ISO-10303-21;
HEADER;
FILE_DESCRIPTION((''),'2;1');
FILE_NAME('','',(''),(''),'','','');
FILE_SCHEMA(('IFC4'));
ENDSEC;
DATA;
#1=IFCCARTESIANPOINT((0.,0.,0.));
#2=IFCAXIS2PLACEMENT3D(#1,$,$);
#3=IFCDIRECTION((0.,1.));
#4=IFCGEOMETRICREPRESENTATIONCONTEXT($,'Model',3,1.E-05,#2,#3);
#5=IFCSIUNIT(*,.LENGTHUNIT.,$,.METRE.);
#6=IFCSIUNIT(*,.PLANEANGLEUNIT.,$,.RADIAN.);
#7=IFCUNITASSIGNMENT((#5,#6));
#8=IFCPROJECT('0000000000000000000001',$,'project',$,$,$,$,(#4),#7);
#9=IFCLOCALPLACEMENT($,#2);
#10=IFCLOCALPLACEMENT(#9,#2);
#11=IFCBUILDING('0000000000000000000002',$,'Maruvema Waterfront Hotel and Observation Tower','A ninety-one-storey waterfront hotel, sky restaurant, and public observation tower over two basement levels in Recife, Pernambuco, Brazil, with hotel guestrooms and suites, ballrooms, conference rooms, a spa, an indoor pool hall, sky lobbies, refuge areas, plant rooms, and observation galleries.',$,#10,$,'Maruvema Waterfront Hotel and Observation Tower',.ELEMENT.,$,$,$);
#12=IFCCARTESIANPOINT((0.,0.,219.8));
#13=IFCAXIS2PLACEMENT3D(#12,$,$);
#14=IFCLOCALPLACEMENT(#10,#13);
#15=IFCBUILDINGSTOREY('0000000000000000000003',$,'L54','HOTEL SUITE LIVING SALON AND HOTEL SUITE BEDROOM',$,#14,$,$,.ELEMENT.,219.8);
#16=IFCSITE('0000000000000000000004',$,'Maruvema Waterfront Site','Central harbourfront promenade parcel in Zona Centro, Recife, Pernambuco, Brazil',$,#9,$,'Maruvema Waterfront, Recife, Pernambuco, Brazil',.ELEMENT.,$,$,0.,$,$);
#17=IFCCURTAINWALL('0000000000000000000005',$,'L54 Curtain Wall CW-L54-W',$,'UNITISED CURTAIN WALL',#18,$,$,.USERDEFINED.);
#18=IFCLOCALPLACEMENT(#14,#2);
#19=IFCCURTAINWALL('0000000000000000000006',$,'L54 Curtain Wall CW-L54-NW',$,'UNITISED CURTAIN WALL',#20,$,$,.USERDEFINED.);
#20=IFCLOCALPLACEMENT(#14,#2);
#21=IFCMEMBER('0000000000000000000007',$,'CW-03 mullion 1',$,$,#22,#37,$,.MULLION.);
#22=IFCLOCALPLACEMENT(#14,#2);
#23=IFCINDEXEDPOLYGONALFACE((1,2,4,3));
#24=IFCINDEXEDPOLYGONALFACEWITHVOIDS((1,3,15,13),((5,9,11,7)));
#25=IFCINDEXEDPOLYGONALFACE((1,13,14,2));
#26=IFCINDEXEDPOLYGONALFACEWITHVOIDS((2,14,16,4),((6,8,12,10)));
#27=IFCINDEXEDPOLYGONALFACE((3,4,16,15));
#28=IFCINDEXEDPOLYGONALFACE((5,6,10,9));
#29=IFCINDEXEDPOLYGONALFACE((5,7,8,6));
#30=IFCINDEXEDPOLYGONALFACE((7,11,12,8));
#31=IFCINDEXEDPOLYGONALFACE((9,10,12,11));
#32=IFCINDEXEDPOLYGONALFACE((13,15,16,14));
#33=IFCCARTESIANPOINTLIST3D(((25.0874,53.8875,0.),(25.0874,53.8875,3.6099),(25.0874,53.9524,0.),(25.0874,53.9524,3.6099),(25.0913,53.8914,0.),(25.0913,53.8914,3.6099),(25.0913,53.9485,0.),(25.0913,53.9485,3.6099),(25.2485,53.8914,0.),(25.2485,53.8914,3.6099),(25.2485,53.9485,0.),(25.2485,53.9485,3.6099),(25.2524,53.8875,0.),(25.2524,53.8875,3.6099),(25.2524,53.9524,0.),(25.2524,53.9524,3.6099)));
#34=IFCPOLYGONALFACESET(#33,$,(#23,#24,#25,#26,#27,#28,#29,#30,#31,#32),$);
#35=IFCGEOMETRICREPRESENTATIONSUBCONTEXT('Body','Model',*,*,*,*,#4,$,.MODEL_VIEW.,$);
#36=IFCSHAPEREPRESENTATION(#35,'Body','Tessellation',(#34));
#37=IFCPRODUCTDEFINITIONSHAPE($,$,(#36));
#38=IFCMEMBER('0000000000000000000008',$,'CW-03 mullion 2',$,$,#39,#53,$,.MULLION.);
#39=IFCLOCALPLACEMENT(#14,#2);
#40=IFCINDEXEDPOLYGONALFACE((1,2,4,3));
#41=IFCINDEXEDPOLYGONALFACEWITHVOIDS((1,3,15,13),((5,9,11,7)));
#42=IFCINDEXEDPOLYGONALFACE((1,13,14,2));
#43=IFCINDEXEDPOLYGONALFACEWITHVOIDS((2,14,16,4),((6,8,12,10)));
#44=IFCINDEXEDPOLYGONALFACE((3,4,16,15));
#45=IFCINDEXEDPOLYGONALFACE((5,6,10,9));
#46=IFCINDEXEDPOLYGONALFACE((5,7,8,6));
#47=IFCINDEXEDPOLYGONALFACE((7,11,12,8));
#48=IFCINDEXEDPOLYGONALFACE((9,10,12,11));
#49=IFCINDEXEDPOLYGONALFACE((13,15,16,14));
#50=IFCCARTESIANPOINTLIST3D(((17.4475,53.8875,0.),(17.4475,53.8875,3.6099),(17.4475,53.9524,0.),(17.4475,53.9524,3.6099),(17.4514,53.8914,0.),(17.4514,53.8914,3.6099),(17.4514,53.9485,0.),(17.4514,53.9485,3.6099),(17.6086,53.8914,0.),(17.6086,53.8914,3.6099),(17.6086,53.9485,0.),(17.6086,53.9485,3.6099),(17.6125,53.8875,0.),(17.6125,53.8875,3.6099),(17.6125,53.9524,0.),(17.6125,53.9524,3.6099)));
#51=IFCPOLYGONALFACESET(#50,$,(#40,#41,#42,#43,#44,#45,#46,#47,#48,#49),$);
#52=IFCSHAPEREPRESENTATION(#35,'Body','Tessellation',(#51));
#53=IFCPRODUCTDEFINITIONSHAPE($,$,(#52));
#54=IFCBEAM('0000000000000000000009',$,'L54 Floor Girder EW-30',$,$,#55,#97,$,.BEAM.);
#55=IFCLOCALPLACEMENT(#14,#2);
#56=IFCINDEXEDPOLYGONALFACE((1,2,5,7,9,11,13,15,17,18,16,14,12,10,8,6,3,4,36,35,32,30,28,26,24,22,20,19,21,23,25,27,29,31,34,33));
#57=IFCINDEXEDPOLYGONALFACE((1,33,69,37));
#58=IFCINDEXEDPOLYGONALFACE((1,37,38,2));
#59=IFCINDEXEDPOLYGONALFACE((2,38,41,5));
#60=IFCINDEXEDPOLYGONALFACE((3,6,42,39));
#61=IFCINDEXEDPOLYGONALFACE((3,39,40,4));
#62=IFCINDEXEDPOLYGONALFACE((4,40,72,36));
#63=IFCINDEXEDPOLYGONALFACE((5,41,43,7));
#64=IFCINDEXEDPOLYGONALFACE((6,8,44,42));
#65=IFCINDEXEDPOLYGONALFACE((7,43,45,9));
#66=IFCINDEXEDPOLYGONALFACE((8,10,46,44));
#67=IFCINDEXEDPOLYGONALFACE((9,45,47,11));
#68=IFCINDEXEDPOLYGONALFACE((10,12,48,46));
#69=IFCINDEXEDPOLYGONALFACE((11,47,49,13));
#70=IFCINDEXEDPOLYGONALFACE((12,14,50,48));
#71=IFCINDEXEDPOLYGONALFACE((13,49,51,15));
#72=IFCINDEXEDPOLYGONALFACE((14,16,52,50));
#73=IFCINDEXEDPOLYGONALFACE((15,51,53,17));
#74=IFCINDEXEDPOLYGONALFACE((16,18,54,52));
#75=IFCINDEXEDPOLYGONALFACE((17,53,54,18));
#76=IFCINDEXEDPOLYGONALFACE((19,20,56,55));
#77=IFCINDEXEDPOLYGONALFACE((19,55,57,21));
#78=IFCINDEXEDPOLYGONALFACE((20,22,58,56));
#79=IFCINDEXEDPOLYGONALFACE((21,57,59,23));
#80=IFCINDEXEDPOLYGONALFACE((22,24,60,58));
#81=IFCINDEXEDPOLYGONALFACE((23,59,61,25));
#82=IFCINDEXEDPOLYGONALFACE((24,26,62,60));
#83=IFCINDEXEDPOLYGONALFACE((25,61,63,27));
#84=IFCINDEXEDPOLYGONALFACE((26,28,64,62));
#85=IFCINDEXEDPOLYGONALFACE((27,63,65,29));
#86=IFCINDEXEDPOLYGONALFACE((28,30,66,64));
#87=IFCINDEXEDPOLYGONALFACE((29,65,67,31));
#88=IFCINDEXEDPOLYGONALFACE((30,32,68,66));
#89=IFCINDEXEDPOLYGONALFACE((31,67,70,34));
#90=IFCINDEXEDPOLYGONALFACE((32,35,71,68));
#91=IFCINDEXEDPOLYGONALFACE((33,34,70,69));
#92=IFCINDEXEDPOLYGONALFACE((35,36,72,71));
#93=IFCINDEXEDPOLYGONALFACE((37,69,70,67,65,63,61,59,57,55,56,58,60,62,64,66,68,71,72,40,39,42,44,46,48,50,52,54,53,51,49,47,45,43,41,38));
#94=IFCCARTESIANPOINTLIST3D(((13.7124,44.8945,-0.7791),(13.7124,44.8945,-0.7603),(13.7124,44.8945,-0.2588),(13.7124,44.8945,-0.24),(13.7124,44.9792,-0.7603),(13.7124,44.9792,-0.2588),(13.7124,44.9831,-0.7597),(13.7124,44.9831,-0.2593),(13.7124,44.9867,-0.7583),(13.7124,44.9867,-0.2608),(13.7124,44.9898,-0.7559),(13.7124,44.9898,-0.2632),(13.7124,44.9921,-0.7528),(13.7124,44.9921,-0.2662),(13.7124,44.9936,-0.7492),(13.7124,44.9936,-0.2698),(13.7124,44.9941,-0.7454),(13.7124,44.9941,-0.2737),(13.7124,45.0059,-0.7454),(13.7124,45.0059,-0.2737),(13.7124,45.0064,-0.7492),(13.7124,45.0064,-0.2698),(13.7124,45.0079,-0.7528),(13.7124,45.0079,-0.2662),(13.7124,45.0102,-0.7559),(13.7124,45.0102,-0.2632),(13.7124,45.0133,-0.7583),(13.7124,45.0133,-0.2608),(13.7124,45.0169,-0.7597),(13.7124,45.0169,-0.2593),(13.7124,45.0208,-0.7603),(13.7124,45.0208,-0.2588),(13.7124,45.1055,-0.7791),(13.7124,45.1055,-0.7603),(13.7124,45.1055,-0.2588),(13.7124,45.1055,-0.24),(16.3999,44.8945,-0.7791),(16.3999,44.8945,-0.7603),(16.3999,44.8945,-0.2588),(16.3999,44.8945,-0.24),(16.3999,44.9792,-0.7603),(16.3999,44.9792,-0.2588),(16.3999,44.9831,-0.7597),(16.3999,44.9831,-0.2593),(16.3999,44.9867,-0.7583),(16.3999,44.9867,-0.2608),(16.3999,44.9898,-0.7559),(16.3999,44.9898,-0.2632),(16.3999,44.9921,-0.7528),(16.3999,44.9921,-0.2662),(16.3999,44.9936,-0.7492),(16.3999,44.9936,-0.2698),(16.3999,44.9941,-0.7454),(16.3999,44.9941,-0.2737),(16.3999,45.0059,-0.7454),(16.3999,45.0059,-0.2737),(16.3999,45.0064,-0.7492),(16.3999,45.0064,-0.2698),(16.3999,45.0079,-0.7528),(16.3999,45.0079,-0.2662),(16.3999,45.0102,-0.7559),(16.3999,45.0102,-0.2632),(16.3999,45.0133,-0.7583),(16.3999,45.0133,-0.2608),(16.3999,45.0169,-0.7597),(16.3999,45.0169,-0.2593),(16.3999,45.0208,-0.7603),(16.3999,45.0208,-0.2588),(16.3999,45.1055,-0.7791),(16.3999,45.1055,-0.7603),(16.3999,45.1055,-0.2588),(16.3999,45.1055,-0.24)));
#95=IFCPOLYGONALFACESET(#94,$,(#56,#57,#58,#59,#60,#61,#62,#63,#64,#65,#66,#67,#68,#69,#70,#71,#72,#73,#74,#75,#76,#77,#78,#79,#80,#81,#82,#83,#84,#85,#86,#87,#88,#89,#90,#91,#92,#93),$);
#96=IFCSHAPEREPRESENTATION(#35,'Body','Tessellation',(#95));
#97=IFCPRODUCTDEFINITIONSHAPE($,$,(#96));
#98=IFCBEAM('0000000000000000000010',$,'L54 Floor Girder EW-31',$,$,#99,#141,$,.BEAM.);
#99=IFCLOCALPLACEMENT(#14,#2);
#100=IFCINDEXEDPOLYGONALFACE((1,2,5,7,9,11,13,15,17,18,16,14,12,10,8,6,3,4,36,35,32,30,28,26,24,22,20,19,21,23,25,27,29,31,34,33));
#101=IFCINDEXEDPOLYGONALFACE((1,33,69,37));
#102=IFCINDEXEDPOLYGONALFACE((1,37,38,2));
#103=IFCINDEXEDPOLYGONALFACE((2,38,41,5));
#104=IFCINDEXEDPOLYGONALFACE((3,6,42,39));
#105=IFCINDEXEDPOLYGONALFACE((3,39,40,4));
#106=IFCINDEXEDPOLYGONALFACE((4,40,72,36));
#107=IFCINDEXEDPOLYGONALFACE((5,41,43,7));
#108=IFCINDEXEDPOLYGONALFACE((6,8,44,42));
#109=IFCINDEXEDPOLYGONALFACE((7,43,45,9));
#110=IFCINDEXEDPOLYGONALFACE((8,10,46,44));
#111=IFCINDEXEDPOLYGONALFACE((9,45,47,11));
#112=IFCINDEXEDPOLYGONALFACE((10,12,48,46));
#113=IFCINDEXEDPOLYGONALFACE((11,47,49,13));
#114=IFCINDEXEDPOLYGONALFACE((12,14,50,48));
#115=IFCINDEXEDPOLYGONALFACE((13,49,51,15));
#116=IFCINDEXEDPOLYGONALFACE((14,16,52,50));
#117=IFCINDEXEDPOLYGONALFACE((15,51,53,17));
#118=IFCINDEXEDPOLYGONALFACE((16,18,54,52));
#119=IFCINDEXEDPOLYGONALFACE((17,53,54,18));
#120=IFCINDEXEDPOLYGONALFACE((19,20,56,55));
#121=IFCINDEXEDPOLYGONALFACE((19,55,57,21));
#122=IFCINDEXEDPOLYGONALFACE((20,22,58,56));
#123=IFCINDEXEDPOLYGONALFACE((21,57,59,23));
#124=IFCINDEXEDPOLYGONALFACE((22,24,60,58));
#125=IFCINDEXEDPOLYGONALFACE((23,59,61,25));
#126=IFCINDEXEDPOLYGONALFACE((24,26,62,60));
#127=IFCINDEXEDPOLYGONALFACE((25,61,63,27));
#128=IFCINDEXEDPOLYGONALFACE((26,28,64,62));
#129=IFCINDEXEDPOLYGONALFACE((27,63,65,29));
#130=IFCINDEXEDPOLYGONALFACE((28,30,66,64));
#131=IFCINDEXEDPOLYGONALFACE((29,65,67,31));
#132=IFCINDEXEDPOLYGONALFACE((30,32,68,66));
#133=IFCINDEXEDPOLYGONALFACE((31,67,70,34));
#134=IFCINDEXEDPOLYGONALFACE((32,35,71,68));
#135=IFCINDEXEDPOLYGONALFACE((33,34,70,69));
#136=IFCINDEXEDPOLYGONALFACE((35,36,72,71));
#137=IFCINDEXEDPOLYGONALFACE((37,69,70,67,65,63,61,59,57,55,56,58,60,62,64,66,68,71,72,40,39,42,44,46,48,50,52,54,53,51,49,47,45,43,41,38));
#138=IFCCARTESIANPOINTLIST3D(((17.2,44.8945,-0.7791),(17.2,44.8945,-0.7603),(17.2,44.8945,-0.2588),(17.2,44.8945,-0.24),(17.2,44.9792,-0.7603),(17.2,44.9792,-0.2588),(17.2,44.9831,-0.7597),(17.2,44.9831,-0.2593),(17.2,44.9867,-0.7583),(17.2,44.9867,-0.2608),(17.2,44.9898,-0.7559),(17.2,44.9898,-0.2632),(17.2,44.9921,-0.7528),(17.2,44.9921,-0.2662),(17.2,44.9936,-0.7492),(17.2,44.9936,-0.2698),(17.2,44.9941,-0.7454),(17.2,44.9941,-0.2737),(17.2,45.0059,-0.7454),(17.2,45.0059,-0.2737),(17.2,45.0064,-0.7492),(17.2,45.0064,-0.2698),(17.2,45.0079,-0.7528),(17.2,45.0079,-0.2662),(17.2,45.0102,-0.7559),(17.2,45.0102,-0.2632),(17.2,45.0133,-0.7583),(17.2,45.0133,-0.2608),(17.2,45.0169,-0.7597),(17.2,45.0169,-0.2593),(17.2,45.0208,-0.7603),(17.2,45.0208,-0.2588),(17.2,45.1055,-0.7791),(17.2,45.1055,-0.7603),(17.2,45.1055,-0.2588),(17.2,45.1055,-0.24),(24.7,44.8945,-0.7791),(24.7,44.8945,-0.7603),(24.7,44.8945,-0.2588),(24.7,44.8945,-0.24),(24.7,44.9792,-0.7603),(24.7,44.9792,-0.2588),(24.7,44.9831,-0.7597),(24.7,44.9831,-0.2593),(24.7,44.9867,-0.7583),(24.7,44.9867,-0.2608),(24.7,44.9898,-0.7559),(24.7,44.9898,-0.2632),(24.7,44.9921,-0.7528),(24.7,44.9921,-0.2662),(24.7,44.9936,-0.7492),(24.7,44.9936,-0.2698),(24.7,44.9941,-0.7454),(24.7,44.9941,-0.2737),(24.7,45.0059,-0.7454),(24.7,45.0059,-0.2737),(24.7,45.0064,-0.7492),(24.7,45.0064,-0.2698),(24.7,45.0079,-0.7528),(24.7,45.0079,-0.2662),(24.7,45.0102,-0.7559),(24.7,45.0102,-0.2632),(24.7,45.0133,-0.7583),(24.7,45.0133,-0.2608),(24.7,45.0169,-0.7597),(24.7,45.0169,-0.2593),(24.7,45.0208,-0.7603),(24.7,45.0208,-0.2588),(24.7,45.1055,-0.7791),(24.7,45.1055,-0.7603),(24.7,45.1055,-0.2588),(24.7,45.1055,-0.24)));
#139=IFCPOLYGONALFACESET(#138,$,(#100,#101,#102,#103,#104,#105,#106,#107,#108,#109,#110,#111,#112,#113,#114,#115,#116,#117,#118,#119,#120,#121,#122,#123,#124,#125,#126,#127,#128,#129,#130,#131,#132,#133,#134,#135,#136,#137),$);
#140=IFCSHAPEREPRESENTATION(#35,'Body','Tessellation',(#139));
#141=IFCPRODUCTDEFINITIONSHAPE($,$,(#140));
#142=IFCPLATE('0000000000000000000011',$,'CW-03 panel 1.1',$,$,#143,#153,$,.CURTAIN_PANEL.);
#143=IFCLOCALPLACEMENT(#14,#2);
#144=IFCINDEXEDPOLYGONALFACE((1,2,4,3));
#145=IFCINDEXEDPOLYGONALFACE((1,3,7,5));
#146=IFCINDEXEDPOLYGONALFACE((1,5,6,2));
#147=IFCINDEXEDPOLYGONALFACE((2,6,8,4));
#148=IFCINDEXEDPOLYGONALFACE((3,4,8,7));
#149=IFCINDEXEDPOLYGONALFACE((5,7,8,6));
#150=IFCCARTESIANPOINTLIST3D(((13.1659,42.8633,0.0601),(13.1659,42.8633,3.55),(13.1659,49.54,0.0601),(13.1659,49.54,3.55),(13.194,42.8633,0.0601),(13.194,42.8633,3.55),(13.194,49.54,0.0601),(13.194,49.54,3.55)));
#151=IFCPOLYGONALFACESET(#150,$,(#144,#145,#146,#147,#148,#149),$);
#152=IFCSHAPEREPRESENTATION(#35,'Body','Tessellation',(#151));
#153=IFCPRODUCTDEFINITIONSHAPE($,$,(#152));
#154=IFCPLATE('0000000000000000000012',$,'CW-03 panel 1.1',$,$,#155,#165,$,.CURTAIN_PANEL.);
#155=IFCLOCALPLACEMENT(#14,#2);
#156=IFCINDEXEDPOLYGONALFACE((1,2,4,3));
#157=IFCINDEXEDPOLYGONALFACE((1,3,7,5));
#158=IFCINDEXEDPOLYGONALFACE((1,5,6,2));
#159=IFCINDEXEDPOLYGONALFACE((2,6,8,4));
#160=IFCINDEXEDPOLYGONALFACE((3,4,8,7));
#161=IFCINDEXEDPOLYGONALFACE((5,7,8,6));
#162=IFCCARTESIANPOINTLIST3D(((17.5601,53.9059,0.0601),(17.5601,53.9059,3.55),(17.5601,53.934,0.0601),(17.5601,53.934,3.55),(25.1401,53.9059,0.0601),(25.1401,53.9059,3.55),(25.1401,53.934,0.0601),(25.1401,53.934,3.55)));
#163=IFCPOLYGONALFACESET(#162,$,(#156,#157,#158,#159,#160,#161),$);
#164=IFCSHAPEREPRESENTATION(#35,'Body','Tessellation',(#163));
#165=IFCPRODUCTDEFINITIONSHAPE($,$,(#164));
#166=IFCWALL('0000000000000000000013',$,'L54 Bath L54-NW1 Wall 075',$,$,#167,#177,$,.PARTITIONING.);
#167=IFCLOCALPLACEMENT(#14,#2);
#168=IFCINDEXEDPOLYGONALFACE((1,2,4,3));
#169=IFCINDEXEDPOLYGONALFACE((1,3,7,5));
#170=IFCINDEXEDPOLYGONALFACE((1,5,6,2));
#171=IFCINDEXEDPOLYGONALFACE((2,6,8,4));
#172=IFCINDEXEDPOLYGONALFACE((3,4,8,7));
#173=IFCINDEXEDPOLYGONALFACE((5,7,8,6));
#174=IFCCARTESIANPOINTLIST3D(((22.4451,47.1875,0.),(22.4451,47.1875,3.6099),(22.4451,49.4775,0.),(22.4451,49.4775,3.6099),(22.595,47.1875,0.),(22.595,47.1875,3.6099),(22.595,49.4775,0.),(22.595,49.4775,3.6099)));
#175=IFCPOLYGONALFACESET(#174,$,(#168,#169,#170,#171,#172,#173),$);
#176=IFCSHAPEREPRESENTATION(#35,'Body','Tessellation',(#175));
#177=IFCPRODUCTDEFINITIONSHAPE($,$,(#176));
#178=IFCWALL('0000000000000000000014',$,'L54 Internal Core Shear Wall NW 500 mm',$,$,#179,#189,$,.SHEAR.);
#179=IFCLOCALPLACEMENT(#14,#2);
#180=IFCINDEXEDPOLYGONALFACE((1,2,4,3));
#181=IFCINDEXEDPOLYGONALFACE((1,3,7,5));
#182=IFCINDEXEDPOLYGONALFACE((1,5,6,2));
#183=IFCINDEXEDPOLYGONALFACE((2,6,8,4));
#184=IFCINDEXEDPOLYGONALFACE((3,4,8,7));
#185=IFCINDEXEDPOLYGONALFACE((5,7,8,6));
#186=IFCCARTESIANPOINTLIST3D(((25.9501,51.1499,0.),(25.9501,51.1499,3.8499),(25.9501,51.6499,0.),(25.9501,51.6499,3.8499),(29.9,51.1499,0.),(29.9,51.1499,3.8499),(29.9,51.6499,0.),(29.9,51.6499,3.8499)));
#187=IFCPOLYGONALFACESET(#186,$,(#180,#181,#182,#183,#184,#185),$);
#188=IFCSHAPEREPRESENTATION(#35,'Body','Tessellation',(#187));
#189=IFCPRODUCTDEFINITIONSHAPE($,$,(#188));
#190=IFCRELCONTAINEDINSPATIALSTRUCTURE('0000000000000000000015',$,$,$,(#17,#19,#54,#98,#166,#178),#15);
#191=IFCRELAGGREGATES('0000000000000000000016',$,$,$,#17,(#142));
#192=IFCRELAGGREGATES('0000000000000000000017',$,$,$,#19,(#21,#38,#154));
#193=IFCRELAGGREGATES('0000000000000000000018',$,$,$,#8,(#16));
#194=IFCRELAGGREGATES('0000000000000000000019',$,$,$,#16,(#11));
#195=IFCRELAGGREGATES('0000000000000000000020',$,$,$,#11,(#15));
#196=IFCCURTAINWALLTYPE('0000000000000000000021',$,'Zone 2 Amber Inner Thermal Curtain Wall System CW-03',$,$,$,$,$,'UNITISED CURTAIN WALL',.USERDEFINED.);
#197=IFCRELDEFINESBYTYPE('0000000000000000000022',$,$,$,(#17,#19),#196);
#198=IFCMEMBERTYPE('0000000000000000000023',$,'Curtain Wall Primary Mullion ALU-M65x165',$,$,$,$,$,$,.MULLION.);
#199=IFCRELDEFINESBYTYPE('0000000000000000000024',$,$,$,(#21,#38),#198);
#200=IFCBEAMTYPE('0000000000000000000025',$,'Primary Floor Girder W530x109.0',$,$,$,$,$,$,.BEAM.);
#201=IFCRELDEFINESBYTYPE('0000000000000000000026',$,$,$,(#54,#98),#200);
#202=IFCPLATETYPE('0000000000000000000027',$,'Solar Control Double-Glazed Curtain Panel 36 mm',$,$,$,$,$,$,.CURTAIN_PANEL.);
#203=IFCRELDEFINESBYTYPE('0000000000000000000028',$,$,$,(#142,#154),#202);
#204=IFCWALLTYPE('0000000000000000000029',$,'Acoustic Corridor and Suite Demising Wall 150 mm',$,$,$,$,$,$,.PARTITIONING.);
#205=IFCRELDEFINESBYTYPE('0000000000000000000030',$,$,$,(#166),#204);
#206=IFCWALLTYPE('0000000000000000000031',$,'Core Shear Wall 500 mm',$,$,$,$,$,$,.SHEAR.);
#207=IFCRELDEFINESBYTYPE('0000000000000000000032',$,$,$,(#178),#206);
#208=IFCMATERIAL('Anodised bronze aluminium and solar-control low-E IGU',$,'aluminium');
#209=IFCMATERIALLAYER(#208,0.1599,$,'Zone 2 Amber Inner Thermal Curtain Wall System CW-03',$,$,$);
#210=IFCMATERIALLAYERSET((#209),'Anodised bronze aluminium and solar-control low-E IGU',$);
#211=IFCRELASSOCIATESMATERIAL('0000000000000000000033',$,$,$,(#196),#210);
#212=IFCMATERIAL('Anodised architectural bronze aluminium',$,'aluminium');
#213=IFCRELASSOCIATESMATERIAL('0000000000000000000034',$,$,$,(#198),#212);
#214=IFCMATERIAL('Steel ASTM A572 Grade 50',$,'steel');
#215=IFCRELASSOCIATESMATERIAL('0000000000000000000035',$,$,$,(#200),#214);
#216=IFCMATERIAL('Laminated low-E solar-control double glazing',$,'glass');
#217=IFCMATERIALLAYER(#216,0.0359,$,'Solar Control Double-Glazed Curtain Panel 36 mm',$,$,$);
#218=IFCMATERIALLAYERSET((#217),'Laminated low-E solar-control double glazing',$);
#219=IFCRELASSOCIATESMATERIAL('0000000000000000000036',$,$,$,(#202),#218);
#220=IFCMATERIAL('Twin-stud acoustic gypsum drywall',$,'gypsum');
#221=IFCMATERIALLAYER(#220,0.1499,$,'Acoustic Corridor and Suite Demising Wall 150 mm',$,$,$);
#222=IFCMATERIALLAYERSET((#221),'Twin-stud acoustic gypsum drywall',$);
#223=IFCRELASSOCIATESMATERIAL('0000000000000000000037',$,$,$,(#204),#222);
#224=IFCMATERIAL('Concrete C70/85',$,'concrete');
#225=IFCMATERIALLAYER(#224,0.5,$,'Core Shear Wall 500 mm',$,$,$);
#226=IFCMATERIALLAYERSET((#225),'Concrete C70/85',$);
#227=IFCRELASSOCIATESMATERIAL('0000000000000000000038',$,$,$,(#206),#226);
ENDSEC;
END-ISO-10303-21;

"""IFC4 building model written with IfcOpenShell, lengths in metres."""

from ifc_helpers import new_model, si_unit, direction, frame, frame_2d, origin, origin_2d, place, context, subcontext, project, spatial, rectangle, hollow_rectangle, i_section, extrude, material, layer, layer_set, material_profile, profile_set, type_object, element, aggregate, save


model = new_model("IFC4")

# Units and contexts
model_context = context("Model", 3, precision=1e-05, world=origin(), true_north=direction((0.0, 1.0)))
body_context = subcontext(model_context, "Body", "Model", "MODEL_VIEW")
ifc_project = project(units=[si_unit("LENGTHUNIT", "METRE"), si_unit("PLANEANGLEUNIT", "RADIAN")], contexts=[model_context])

# Site, building, storey
site_placement = place(None, origin())
site = spatial("IfcSite", under=ifc_project, at=site_placement, Name="Maruvema Waterfront Site", Description="Central harbourfront promenade parcel in Zona Centro, Recife, Pernambuco, Brazil", LongName="Maruvema Waterfront, Recife, Pernambuco, Brazil", CompositionType="ELEMENT", RefElevation=0.0)
building_placement = place(site_placement, origin())
building = spatial("IfcBuilding", under=site, at=building_placement, Name="Maruvema Waterfront Hotel and Observation Tower", Description="A ninety-one-storey waterfront hotel, sky restaurant, and public observation tower over two basement levels in Recife, Pernambuco, Brazil, with hotel guestrooms and suites, ballrooms, conference rooms, a spa, an indoor pool hall, sky lobbies, refuge areas, plant rooms, and observation galleries.", LongName="Maruvema Waterfront Hotel and Observation Tower", CompositionType="ELEMENT")
storey_placement = place(building_placement, frame((0.0, 0.0, 219.8)))
storey = spatial("IfcBuildingStorey", under=building, at=storey_placement, Name="L54", Description="HOTEL SUITE LIVING SALON AND HOTEL SUITE BEDROOM", CompositionType="ELEMENT", Elevation=219.8)

# Curtain walls
ifc_material_1 = material(Name="Anodised bronze aluminium and solar-control low-E IGU", Category="aluminium")
ifc_layer_1 = layer(ifc_material_1, 0.1599, Name="Zone 2 Amber Inner Thermal Curtain Wall System CW-03")
ifc_layer_set_1 = layer_set([ifc_layer_1], Name="Anodised bronze aluminium and solar-control low-E IGU")
curtain_wall_type = type_object("IfcCurtainWallType", Name="Zone 2 Amber Inner Thermal Curtain Wall System CW-03", ElementType="UNITISED CURTAIN WALL", PredefinedType="USERDEFINED", material=ifc_layer_set_1)
curtain_wall_1_placement = place(storey_placement, origin())
curtain_wall_1 = element("IfcCurtainWall", 1, at=curtain_wall_1_placement, inside=storey, type_object=curtain_wall_type, Name="L54 Curtain Wall CW-L54-W", ObjectType="UNITISED CURTAIN WALL", PredefinedType="USERDEFINED")
curtain_wall_2_placement = place(storey_placement, origin())
curtain_wall_2 = element("IfcCurtainWall", 2, at=curtain_wall_2_placement, inside=storey, type_object=curtain_wall_type, Name="L54 Curtain Wall CW-L54-NW", ObjectType="UNITISED CURTAIN WALL", PredefinedType="USERDEFINED")

# Members
ifc_material_2 = material(Name="Anodised architectural bronze aluminium", Category="aluminium")
ifc_material_profile_1 = material_profile(ifc_material_2, hollow_rectangle(XDim=0.0649, YDim=0.165, WallThickness=0.0039, at=origin_2d()), Name="ALU-M65x165")
ifc_profile_set_1 = profile_set([ifc_material_profile_1], Name="Anodised architectural bronze aluminium")
member_type_1 = type_object("IfcMemberType", Name="Curtain Wall Primary Mullion ALU-M65x165", PredefinedType="MULLION", material=ifc_profile_set_1)
member_1_placement = place(storey_placement, frame((25.1699, 53.9199, 0.0), z_axis=(0.0, 0.0, 1.0), x_axis=(0.0, -1.0, 0.0)))
member_1 = element("IfcMember", 3, at=member_1_placement, type_object=member_type_1, Name="CW-03 mullion 1", PredefinedType="MULLION", context=body_context, shape_type="SweptSolid", body=[
    extrude(hollow_rectangle(XDim=0.0649, YDim=0.165, WallThickness=0.0039, at=origin_2d()), origin(), (0.0, 0.0, 1.0), 3.6099),
])
member_2_placement = place(storey_placement, frame((17.53, 53.9199, 0.0), z_axis=(0.0, 0.0, 1.0), x_axis=(0.0, -1.0, 0.0)))
member_2 = element("IfcMember", 4, at=member_2_placement, type_object=member_type_1, Name="CW-03 mullion 2", PredefinedType="MULLION", context=body_context, shape_type="SweptSolid", body=[
    extrude(hollow_rectangle(XDim=0.0649, YDim=0.165, WallThickness=0.0039, at=origin_2d()), origin(), (0.0, 0.0, 1.0), 3.6099),
])

# Beams
ifc_material_3 = material(Name="Steel ASTM A572 Grade 50", Category="steel")
ifc_material_profile_2 = material_profile(ifc_material_3, i_section(OverallWidth=0.2109, OverallDepth=0.5391, WebThickness=0.0117, FlangeThickness=0.0188, FilletRadius=0.0149, at=origin_2d()), Name="W530x109.0")
ifc_profile_set_2 = profile_set([ifc_material_profile_2], Name="Steel ASTM A572 Grade 50")
beam_type = type_object("IfcBeamType", Name="Primary Floor Girder W530x109.0", PredefinedType="BEAM", material=ifc_profile_set_2)
beam_1_placement = place(storey_placement, frame((13.7124, 45.0, -0.5095), z_axis=(1.0, 0.0, 0.0), x_axis=(0.0, 1.0, 0.0)))
element("IfcBeam", 5, at=beam_1_placement, inside=storey, type_object=beam_type, Name="L54 Floor Girder EW-30", PredefinedType="BEAM", context=body_context, shape_type="SweptSolid", body=[
    extrude(i_section(OverallWidth=0.2109, OverallDepth=0.5391, WebThickness=0.0117, FlangeThickness=0.0188, FilletRadius=0.0149, at=origin_2d()), origin(), (0.0, 0.0, 1.0), 2.6875),
])
beam_2_placement = place(storey_placement, frame((17.2, 45.0, -0.5095), z_axis=(1.0, 0.0, 0.0), x_axis=(0.0, 1.0, 0.0)))
element("IfcBeam", 6, at=beam_2_placement, inside=storey, type_object=beam_type, Name="L54 Floor Girder EW-31", PredefinedType="BEAM", context=body_context, shape_type="SweptSolid", body=[
    extrude(i_section(OverallWidth=0.2109, OverallDepth=0.5391, WebThickness=0.0117, FlangeThickness=0.0188, FilletRadius=0.0149, at=origin_2d()), origin(), (0.0, 0.0, 1.0), 7.5),
])

# Plates
ifc_material_4 = material(Name="Laminated low-E solar-control double glazing", Category="glass")
ifc_layer_2 = layer(ifc_material_4, 0.0359, Name="Solar Control Double-Glazed Curtain Panel 36 mm")
ifc_layer_set_2 = layer_set([ifc_layer_2], Name="Laminated low-E solar-control double glazing")
plate_type = type_object("IfcPlateType", Name="Solar Control Double-Glazed Curtain Panel 36 mm", PredefinedType="CURTAIN_PANEL", material=ifc_layer_set_2)
plate_1_placement = place(storey_placement, frame((13.1799, 46.2017, 0.0601), z_axis=(0.0, 0.0, 1.0), x_axis=(0.0, -1.0, 0.0)))
plate_1 = element("IfcPlate", 7, at=plate_1_placement, type_object=plate_type, Name="CW-03 panel 1.1", PredefinedType="CURTAIN_PANEL", context=body_context, shape_type="SweptSolid", body=[
    extrude(rectangle(XDim=6.6768, YDim=0.0281, at=origin_2d()), origin(), (0.0, 0.0, 1.0), 3.49),
])
aggregate(curtain_wall_1, [plate_1])
plate_2_placement = place(storey_placement, frame((21.3501, 53.9199, 0.0601), z_axis=(0.0, 0.0, 1.0), x_axis=(-1.0, 0.0, 0.0)))
plate_2 = element("IfcPlate", 8, at=plate_2_placement, type_object=plate_type, Name="CW-03 panel 1.1", PredefinedType="CURTAIN_PANEL", context=body_context, shape_type="SweptSolid", body=[
    extrude(rectangle(XDim=7.5801, YDim=0.0281, at=origin_2d()), origin(), (0.0, 0.0, 1.0), 3.49),
])
aggregate(curtain_wall_2, [member_1, member_2, plate_2])

# Walls
ifc_material_5 = material(Name="Twin-stud acoustic gypsum drywall", Category="gypsum")
ifc_layer_3 = layer(ifc_material_5, 0.1499, Name="Acoustic Corridor and Suite Demising Wall 150 mm")
ifc_layer_set_3 = layer_set([ifc_layer_3], Name="Twin-stud acoustic gypsum drywall")
wall_type_1 = type_object("IfcWallType", Name="Acoustic Corridor and Suite Demising Wall 150 mm", PredefinedType="PARTITIONING", material=ifc_layer_set_3)
wall_1_placement = place(storey_placement, frame((22.52, 47.1875, 0.0), z_axis=(0.0, 0.0, 1.0), x_axis=(0.0, 1.0, 0.0)))
element("IfcWall", 9, at=wall_1_placement, inside=storey, type_object=wall_type_1, Name="L54 Bath L54-NW1 Wall 075", PredefinedType="PARTITIONING", context=body_context, shape_type="SweptSolid", body=[
    extrude(rectangle(XDim=2.29, YDim=0.1499, at=frame_2d((1.145, 0.0))), origin(), (0.0, 0.0, 1.0), 3.6099),
])
ifc_material_6 = material(Name="Concrete C70/85", Category="concrete")
ifc_layer_4 = layer(ifc_material_6, 0.5, Name="Core Shear Wall 500 mm")
ifc_layer_set_4 = layer_set([ifc_layer_4], Name="Concrete C70/85")
wall_type_2 = type_object("IfcWallType", Name="Core Shear Wall 500 mm", PredefinedType="SHEAR", material=ifc_layer_set_4)
wall_2_placement = place(storey_placement, frame((25.95, 51.3999, 0.0), z_axis=(0.0, 0.0, 1.0), x_axis=(1.0, 0.0, 0.0)))
element("IfcWall", 10, at=wall_2_placement, inside=storey, type_object=wall_type_2, Name="L54 Internal Core Shear Wall NW 500 mm", PredefinedType="SHEAR", context=body_context, shape_type="SweptSolid", body=[
    extrude(rectangle(XDim=3.95, YDim=0.5, at=frame_2d((1.9751, 0.0))), origin(), (0.0, 0.0, 1.0), 3.8499),
])

save(model, "model.ifc")
